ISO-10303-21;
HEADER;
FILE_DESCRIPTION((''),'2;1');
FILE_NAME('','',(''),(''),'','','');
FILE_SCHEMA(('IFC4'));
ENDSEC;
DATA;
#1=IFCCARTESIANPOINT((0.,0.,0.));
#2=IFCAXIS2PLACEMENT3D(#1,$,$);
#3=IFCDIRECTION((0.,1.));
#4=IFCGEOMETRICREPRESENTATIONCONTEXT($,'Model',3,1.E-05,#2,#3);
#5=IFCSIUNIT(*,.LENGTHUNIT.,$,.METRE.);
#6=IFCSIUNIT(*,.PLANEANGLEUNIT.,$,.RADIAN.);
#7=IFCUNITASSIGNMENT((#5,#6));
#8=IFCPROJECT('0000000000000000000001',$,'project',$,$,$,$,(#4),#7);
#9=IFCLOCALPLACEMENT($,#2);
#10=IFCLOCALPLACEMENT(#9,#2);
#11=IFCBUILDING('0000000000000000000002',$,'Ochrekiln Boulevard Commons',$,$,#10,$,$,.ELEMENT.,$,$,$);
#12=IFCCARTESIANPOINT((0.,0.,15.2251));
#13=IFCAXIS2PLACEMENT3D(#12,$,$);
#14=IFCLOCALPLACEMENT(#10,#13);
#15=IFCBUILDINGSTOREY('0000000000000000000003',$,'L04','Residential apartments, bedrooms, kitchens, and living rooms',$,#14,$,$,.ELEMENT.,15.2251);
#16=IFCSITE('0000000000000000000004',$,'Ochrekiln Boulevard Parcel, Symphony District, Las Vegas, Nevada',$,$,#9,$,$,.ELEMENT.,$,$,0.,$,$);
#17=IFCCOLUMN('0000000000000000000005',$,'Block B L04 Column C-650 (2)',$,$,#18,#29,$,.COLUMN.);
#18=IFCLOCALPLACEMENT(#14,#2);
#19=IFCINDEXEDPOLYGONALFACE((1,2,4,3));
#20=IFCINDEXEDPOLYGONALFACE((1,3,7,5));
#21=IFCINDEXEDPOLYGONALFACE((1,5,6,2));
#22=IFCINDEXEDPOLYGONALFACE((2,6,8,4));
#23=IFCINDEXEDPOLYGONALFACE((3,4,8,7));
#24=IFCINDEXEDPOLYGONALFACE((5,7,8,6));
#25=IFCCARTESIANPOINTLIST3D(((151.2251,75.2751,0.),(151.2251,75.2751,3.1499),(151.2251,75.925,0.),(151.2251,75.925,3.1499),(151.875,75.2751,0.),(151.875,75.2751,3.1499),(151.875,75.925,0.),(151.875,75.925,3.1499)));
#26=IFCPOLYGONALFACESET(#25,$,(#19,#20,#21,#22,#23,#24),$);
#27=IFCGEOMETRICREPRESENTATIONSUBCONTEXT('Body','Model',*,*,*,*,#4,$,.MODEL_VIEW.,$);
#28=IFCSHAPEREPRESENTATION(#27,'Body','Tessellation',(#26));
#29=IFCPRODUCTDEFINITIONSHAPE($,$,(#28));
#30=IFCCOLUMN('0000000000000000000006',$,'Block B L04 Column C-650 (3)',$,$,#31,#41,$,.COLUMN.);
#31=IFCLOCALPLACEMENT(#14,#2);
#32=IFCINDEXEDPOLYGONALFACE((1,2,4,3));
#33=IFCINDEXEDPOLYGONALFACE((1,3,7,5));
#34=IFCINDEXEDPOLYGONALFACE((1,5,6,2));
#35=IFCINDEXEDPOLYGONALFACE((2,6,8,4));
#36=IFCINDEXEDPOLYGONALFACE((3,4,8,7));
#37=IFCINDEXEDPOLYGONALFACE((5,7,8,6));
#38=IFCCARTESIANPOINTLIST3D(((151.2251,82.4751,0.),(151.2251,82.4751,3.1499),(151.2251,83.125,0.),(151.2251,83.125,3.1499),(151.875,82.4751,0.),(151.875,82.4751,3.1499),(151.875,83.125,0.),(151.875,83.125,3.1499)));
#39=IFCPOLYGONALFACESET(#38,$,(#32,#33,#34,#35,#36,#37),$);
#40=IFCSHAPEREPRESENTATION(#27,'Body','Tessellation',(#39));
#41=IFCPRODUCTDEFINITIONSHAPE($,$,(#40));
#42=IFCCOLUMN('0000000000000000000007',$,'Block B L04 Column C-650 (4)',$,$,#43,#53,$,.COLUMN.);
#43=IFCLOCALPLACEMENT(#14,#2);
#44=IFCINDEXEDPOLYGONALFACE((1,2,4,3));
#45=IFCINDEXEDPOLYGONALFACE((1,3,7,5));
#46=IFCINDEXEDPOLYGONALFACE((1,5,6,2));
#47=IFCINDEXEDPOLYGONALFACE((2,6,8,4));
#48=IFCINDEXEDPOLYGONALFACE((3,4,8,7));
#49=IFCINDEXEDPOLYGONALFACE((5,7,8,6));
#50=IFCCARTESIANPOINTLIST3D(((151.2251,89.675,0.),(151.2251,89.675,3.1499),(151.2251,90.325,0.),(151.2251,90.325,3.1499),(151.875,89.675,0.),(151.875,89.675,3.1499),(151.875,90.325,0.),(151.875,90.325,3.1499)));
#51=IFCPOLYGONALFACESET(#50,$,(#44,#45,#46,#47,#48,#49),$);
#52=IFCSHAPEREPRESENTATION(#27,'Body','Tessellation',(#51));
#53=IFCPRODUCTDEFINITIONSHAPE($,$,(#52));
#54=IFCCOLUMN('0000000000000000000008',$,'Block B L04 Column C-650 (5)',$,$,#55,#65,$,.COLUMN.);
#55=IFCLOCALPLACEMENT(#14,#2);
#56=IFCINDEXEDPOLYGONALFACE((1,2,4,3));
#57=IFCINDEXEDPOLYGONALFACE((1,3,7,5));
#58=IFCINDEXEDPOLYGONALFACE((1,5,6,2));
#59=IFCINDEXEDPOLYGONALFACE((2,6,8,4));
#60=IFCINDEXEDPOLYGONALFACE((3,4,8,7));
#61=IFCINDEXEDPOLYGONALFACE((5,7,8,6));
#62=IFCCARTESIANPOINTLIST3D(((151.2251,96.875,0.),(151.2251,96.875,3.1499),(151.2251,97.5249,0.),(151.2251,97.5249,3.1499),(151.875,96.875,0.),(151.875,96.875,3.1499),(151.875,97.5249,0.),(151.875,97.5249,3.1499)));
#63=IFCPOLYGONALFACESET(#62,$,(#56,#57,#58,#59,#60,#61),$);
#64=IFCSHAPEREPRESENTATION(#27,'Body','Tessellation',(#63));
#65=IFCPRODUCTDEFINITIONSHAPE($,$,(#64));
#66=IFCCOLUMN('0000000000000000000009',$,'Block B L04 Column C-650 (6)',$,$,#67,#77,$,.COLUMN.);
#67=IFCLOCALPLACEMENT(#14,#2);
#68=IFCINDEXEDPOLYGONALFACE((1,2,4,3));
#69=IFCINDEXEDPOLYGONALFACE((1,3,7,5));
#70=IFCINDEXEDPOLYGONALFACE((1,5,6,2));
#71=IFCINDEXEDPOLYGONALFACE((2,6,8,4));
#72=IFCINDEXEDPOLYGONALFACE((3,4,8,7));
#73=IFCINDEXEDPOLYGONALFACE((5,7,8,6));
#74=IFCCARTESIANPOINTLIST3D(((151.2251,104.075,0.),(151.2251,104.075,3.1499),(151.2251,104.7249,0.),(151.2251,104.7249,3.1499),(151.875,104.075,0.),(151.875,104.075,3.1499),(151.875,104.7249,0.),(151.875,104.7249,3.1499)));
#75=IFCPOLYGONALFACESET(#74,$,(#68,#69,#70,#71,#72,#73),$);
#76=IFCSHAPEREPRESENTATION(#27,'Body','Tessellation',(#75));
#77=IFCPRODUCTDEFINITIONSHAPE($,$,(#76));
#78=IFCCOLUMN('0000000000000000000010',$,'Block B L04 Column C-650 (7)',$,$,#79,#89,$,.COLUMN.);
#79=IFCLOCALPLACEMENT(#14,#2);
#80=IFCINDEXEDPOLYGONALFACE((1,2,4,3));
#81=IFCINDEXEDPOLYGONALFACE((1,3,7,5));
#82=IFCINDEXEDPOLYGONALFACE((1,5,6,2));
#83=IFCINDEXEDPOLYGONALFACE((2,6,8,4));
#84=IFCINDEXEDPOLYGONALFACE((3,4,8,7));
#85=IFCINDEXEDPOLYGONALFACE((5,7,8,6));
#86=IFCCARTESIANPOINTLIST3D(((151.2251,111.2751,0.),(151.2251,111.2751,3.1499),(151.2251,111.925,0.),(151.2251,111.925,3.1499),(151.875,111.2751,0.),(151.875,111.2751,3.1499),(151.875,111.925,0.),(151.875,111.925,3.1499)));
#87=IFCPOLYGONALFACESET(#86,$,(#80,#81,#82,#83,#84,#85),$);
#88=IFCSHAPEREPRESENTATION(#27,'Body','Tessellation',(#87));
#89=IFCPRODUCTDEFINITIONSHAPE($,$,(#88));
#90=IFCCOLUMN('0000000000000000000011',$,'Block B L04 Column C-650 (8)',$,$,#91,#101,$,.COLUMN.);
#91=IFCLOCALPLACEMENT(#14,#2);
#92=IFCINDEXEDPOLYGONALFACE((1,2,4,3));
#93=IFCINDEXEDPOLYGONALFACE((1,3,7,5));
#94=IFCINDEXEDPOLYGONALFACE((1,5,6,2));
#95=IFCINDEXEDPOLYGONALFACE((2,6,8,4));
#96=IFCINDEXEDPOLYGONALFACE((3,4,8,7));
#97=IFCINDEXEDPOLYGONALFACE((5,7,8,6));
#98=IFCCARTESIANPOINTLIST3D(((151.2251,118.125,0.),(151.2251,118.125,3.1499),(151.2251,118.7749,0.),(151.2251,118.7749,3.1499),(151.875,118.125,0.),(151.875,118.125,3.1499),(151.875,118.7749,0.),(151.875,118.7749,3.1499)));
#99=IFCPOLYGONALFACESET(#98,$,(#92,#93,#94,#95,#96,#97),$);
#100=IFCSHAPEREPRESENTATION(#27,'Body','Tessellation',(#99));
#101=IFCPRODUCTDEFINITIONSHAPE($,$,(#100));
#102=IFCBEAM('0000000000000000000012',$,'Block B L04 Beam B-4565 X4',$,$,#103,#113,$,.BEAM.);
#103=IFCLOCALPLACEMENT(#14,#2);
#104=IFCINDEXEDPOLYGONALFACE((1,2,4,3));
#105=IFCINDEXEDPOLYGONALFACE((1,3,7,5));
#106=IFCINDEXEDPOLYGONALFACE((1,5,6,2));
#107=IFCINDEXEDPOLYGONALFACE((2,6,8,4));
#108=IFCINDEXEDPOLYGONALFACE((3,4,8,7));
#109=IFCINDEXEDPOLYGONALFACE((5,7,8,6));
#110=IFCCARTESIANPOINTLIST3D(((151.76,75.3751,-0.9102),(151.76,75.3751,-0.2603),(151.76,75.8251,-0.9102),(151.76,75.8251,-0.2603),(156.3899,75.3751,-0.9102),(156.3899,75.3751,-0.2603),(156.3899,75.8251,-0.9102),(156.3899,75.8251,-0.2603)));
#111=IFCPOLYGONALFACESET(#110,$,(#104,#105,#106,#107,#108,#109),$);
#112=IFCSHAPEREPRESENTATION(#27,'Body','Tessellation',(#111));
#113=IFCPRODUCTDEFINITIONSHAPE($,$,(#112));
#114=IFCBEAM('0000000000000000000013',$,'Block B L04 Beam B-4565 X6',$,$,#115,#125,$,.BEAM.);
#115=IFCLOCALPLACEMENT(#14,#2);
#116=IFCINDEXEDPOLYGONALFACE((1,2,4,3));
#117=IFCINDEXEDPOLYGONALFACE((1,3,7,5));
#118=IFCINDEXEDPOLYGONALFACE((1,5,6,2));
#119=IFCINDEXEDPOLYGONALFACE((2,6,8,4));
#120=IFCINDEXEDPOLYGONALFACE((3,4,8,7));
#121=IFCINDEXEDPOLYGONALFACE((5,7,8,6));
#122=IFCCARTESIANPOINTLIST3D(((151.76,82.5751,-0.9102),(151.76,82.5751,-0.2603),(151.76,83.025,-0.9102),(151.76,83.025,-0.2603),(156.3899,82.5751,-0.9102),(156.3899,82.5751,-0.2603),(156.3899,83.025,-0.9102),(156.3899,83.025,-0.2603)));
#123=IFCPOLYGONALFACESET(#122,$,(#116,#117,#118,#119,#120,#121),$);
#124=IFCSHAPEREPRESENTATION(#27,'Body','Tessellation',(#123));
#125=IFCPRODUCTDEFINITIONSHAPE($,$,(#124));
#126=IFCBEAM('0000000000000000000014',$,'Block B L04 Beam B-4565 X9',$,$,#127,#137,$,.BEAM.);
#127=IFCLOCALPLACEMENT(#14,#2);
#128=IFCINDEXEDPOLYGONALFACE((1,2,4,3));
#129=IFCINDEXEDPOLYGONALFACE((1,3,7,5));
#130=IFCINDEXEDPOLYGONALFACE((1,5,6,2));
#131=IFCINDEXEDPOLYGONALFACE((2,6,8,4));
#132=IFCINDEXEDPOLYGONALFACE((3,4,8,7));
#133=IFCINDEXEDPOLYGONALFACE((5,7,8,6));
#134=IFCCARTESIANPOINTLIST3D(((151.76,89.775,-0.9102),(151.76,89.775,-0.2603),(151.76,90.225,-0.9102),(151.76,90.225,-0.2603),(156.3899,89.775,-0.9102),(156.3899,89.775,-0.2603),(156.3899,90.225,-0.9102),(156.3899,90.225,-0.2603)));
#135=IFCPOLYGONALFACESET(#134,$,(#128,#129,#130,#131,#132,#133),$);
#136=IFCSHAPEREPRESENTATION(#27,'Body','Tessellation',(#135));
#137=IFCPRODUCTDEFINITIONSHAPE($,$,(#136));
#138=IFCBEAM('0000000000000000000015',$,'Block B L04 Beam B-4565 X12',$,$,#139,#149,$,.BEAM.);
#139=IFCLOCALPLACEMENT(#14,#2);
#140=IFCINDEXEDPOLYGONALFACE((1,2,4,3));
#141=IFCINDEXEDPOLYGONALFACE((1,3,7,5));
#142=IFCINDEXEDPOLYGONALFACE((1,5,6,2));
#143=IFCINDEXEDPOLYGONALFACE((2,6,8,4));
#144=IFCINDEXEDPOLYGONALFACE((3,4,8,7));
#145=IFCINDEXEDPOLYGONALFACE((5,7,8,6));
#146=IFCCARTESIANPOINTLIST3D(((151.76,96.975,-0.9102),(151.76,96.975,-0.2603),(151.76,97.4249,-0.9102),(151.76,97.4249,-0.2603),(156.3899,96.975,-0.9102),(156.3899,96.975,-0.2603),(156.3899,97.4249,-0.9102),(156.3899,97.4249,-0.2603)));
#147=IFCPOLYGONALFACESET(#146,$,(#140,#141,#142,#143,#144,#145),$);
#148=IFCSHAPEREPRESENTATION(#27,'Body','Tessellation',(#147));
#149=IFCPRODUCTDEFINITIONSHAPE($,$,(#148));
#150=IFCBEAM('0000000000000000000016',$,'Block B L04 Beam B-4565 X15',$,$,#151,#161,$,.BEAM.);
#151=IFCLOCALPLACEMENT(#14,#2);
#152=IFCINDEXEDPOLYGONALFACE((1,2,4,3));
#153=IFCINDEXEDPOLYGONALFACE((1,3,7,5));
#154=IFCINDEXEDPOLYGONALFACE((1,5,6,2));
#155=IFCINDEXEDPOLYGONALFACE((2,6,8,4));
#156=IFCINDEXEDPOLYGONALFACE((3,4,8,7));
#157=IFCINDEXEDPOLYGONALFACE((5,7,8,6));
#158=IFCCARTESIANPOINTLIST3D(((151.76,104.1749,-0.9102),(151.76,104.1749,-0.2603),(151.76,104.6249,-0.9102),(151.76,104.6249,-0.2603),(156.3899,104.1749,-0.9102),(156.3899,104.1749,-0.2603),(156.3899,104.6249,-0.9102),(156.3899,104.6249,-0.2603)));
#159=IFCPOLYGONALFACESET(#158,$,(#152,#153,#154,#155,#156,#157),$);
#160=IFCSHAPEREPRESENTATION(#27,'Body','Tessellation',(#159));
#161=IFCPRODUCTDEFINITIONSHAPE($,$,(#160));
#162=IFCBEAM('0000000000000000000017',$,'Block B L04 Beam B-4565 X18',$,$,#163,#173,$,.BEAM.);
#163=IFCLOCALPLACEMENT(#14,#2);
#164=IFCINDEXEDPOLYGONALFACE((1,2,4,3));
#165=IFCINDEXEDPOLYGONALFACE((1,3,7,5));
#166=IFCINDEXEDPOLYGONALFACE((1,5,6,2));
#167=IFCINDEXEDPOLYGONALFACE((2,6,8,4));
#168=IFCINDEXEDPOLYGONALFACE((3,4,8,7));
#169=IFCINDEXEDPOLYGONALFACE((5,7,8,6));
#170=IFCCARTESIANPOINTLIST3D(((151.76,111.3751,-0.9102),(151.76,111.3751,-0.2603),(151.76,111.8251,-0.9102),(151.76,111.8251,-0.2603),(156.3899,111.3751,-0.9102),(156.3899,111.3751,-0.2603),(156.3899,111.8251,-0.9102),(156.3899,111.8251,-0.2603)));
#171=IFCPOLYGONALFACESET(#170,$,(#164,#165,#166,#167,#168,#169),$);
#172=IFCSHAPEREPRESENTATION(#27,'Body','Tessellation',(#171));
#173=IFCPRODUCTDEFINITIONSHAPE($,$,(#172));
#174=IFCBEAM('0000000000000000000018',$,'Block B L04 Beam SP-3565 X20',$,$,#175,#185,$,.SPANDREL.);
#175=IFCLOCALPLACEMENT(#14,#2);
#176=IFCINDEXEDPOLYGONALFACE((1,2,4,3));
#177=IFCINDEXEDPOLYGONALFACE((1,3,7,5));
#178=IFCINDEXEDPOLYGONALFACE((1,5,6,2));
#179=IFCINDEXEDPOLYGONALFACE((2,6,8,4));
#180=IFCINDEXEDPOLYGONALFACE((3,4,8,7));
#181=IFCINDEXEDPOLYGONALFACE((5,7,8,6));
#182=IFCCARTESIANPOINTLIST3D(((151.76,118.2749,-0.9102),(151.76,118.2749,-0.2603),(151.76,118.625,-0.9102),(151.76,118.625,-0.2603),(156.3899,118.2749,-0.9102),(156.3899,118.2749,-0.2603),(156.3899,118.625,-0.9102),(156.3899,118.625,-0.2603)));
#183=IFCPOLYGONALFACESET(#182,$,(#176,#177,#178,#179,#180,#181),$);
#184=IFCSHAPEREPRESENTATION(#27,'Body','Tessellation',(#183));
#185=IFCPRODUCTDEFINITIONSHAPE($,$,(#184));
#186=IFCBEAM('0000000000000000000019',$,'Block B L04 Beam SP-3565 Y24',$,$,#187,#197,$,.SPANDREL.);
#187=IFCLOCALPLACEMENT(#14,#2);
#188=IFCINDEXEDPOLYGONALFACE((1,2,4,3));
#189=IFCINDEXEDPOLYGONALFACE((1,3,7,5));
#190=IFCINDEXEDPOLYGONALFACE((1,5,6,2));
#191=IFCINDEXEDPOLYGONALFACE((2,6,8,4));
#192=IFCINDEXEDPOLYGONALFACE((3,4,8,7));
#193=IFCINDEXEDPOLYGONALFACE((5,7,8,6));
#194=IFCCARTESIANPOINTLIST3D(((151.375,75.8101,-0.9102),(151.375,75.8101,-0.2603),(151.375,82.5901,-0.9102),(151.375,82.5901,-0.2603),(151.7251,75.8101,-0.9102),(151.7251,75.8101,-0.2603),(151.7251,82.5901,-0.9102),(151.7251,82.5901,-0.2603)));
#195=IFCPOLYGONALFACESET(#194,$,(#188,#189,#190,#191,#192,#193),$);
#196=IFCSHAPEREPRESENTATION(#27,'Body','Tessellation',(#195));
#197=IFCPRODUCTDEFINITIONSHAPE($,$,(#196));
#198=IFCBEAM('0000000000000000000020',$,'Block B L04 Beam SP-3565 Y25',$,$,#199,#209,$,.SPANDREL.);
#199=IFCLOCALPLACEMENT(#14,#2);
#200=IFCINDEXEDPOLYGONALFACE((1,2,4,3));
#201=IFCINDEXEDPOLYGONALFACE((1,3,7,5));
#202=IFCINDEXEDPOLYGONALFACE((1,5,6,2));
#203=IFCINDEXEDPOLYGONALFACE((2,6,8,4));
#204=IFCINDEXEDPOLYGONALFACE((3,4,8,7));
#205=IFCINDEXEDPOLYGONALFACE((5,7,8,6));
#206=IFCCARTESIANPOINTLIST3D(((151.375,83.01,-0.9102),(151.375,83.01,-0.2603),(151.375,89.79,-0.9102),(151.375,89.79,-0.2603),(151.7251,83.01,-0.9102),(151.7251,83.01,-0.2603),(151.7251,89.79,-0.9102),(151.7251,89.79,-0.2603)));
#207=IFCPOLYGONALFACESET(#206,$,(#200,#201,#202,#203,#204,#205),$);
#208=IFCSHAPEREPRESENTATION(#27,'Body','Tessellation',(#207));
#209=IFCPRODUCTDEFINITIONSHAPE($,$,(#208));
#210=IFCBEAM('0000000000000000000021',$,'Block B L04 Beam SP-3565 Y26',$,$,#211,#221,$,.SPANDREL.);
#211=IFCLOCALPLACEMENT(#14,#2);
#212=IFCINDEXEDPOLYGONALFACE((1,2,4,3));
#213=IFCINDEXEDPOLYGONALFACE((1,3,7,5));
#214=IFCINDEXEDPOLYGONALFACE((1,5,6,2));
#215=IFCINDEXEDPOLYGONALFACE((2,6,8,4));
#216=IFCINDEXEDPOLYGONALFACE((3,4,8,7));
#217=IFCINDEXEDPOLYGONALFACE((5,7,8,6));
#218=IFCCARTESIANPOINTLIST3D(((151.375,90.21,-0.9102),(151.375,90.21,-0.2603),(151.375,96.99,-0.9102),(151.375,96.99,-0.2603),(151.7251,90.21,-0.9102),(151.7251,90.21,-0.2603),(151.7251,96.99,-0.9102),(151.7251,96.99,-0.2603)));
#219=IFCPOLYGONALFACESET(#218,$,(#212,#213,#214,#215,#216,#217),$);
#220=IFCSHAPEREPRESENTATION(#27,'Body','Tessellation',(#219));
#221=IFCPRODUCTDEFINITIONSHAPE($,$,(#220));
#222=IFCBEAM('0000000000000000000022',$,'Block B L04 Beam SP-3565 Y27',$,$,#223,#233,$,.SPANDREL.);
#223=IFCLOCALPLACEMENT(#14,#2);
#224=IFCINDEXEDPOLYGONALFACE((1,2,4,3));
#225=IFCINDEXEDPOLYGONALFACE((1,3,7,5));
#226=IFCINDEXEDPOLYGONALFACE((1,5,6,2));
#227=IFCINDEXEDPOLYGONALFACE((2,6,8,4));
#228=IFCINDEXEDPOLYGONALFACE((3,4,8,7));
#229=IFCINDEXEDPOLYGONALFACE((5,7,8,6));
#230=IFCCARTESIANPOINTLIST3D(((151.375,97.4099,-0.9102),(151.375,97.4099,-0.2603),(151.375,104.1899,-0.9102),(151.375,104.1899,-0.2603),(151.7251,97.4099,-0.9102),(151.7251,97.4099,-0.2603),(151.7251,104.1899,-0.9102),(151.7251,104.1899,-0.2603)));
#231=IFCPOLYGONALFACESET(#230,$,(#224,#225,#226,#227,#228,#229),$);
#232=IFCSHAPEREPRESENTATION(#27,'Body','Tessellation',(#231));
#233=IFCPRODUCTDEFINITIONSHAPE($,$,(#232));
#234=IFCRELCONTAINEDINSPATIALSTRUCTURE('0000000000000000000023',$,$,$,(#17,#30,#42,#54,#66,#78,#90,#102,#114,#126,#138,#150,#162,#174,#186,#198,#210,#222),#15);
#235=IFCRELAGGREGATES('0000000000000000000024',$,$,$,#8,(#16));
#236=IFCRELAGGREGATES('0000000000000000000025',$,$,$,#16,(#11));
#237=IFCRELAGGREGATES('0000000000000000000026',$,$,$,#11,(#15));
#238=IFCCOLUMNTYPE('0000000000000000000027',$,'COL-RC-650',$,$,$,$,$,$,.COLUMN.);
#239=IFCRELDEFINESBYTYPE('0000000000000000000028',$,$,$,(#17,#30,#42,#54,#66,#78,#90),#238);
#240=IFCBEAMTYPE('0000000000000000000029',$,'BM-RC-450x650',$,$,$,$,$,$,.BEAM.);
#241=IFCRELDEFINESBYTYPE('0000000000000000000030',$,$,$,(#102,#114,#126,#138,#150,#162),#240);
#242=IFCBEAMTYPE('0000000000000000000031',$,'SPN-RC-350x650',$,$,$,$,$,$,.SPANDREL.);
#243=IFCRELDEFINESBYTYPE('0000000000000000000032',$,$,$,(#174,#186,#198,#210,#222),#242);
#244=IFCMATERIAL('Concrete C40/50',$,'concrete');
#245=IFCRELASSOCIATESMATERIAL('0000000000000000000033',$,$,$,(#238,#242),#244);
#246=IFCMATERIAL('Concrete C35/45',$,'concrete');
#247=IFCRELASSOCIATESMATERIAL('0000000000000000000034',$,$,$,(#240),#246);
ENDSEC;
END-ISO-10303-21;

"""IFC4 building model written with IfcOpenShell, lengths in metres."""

from ifc_helpers import new_model, si_unit, direction, frame, origin, origin_2d, place, context, subcontext, project, spatial, rectangle, extrude, material, material_profile, profile_set, type_object, element, save


model = new_model("IFC4")

# Units and contexts
model_context = context("Model", 3, precision=1e-05, world=origin(), true_north=direction((0.0, 1.0)))
body_context = subcontext(model_context, "Body", "Model", "MODEL_VIEW")
ifc_project = project(units=[si_unit("LENGTHUNIT", "METRE"), si_unit("PLANEANGLEUNIT", "RADIAN")], contexts=[model_context])

# Site, building, storey
site_placement = place(None, origin())
site = spatial("IfcSite", under=ifc_project, at=site_placement, Name="Ochrekiln Boulevard Parcel, Symphony District, Las Vegas, Nevada", CompositionType="ELEMENT", RefElevation=0.0)
building_placement = place(site_placement, origin())
building = spatial("IfcBuilding", under=site, at=building_placement, Name="Ochrekiln Boulevard Commons", CompositionType="ELEMENT")
storey_placement = place(building_placement, frame((0.0, 0.0, 15.2251)))
storey = spatial("IfcBuildingStorey", under=building, at=storey_placement, Name="L04", Description="Residential apartments, bedrooms, kitchens, and living rooms", CompositionType="ELEMENT", Elevation=15.2251)

# Columns
ifc_material_1 = material(Name="Concrete C40/50", Category="concrete")
ifc_material_profile_1 = material_profile(ifc_material_1, rectangle(XDim=0.6499, YDim=0.6499, at=origin_2d()), Name="RC-COL-650x650")
ifc_profile_set_1 = profile_set([ifc_material_profile_1], Name="Concrete C40/50")
column_type = type_object("IfcColumnType", Name="COL-RC-650", PredefinedType="COLUMN", material=ifc_profile_set_1)
for number, where, z_axis, x_axis, name in (
    (1, (151.55, 75.6001, 0.0), (0.0, 0.0, 1.0), (1.0, 0.0, 0.0), "Block B L04 Column C-650 (2)"),
    (2, (151.55, 82.8, 0.0), (0.0, 0.0, 1.0), (1.0, 0.0, 0.0), "Block B L04 Column C-650 (3)"),
    (3, (151.55, 90.0, 0.0), (0.0, 0.0, 1.0), (1.0, 0.0, 0.0), "Block B L04 Column C-650 (4)"),
    (4, (151.55, 97.2, 0.0), (0.0, 0.0, 1.0), (1.0, 0.0, 0.0), "Block B L04 Column C-650 (5)"),
    (5, (151.55, 104.3999, 0.0), (0.0, 0.0, 1.0), (1.0, 0.0, 0.0), "Block B L04 Column C-650 (6)"),
    (6, (151.55, 111.6001, 0.0), (0.0, 0.0, 1.0), (1.0, 0.0, 0.0), "Block B L04 Column C-650 (7)"),
    (7, (151.55, 118.45, 0.0), (0.0, 0.0, 1.0), (1.0, 0.0, 0.0), "Block B L04 Column C-650 (8)"),
):
    element("IfcColumn", number, at=place(storey_placement, frame(where, z_axis=z_axis, x_axis=x_axis)), inside=storey, type_object=column_type, Name=name, PredefinedType="COLUMN", context=body_context, shape_type="SweptSolid", body=[
        extrude(rectangle(XDim=0.6499, YDim=0.6499, at=origin_2d()), origin(), (0.0, 0.0, 1.0), 3.1499),
    ])

# Beams
ifc_material_2 = material(Name="Concrete C35/45", Category="concrete")
ifc_material_profile_2 = material_profile(ifc_material_2, rectangle(XDim=0.45, YDim=0.6499, at=origin_2d()), Name="RC-BM-450x650")
ifc_profile_set_2 = profile_set([ifc_material_profile_2], Name="Concrete C35/45")
beam_type_1 = type_object("IfcBeamType", Name="BM-RC-450x650", PredefinedType="BEAM", material=ifc_profile_set_2)
for number, where, z_axis, x_axis, name in (
    (8, (151.76, 75.6001, -0.5852), (1.0, 0.0, 0.0), (0.0, 1.0, 0.0), "Block B L04 Beam B-4565 X4"),
    (9, (151.76, 82.8, -0.5852), (1.0, 0.0, 0.0), (0.0, 1.0, 0.0), "Block B L04 Beam B-4565 X6"),
    (10, (151.76, 90.0, -0.5852), (1.0, 0.0, 0.0), (0.0, 1.0, 0.0), "Block B L04 Beam B-4565 X9"),
    (11, (151.76, 97.2, -0.5852), (1.0, 0.0, 0.0), (0.0, 1.0, 0.0), "Block B L04 Beam B-4565 X12"),
    (12, (151.76, 104.3999, -0.5852), (1.0, 0.0, 0.0), (0.0, 1.0, 0.0), "Block B L04 Beam B-4565 X15"),
    (13, (151.76, 111.6001, -0.5852), (1.0, 0.0, 0.0), (0.0, 1.0, 0.0), "Block B L04 Beam B-4565 X18"),
):
    element("IfcBeam", number, at=place(storey_placement, frame(where, z_axis=z_axis, x_axis=x_axis)), inside=storey, type_object=beam_type_1, Name=name, PredefinedType="BEAM", context=body_context, shape_type="SweptSolid", body=[
        extrude(rectangle(XDim=0.45, YDim=0.6499, at=origin_2d()), origin(), (0.0, 0.0, 1.0), 4.6299),
    ])
ifc_material_profile_3 = material_profile(ifc_material_1, rectangle(XDim=0.3501, YDim=0.6499, at=origin_2d()), Name="RC-SPN-350x650")
ifc_profile_set_3 = profile_set([ifc_material_profile_3], Name="Concrete C40/50")
beam_type_2 = type_object("IfcBeamType", Name="SPN-RC-350x650", PredefinedType="SPANDREL", material=ifc_profile_set_3)
beam_1_placement = place(storey_placement, frame((151.76, 118.45, -0.5852), z_axis=(1.0, 0.0, 0.0), x_axis=(0.0, 1.0, 0.0)))
element("IfcBeam", 14, at=beam_1_placement, inside=storey, type_object=beam_type_2, Name="Block B L04 Beam SP-3565 X20", PredefinedType="SPANDREL", context=body_context, shape_type="SweptSolid", body=[
    extrude(rectangle(XDim=0.3501, YDim=0.6499, at=origin_2d()), origin(), (0.0, 0.0, 1.0), 4.6299),
])
for number, where, z_axis, x_axis, name in (
    (15, (151.55, 75.8101, -0.5852), (0.0, 1.0, 0.0), (-1.0, 0.0, 0.0), "Block B L04 Beam SP-3565 Y24"),
    (16, (151.55, 83.01, -0.5852), (0.0, 1.0, 0.0), (-1.0, 0.0, 0.0), "Block B L04 Beam SP-3565 Y25"),
    (17, (151.55, 90.21, -0.5852), (0.0, 1.0, 0.0), (-1.0, 0.0, 0.0), "Block B L04 Beam SP-3565 Y26"),
    (18, (151.55, 97.4099, -0.5852), (0.0, 1.0, 0.0), (-1.0, 0.0, 0.0), "Block B L04 Beam SP-3565 Y27"),
):
    element("IfcBeam", number, at=place(storey_placement, frame(where, z_axis=z_axis, x_axis=x_axis)), inside=storey, type_object=beam_type_2, Name=name, PredefinedType="SPANDREL", context=body_context, shape_type="SweptSolid", body=[
        extrude(rectangle(XDim=0.3501, YDim=0.6499, at=origin_2d()), origin(), (0.0, 0.0, 1.0), 6.78),
    ])

save(model, "model.ifc")
